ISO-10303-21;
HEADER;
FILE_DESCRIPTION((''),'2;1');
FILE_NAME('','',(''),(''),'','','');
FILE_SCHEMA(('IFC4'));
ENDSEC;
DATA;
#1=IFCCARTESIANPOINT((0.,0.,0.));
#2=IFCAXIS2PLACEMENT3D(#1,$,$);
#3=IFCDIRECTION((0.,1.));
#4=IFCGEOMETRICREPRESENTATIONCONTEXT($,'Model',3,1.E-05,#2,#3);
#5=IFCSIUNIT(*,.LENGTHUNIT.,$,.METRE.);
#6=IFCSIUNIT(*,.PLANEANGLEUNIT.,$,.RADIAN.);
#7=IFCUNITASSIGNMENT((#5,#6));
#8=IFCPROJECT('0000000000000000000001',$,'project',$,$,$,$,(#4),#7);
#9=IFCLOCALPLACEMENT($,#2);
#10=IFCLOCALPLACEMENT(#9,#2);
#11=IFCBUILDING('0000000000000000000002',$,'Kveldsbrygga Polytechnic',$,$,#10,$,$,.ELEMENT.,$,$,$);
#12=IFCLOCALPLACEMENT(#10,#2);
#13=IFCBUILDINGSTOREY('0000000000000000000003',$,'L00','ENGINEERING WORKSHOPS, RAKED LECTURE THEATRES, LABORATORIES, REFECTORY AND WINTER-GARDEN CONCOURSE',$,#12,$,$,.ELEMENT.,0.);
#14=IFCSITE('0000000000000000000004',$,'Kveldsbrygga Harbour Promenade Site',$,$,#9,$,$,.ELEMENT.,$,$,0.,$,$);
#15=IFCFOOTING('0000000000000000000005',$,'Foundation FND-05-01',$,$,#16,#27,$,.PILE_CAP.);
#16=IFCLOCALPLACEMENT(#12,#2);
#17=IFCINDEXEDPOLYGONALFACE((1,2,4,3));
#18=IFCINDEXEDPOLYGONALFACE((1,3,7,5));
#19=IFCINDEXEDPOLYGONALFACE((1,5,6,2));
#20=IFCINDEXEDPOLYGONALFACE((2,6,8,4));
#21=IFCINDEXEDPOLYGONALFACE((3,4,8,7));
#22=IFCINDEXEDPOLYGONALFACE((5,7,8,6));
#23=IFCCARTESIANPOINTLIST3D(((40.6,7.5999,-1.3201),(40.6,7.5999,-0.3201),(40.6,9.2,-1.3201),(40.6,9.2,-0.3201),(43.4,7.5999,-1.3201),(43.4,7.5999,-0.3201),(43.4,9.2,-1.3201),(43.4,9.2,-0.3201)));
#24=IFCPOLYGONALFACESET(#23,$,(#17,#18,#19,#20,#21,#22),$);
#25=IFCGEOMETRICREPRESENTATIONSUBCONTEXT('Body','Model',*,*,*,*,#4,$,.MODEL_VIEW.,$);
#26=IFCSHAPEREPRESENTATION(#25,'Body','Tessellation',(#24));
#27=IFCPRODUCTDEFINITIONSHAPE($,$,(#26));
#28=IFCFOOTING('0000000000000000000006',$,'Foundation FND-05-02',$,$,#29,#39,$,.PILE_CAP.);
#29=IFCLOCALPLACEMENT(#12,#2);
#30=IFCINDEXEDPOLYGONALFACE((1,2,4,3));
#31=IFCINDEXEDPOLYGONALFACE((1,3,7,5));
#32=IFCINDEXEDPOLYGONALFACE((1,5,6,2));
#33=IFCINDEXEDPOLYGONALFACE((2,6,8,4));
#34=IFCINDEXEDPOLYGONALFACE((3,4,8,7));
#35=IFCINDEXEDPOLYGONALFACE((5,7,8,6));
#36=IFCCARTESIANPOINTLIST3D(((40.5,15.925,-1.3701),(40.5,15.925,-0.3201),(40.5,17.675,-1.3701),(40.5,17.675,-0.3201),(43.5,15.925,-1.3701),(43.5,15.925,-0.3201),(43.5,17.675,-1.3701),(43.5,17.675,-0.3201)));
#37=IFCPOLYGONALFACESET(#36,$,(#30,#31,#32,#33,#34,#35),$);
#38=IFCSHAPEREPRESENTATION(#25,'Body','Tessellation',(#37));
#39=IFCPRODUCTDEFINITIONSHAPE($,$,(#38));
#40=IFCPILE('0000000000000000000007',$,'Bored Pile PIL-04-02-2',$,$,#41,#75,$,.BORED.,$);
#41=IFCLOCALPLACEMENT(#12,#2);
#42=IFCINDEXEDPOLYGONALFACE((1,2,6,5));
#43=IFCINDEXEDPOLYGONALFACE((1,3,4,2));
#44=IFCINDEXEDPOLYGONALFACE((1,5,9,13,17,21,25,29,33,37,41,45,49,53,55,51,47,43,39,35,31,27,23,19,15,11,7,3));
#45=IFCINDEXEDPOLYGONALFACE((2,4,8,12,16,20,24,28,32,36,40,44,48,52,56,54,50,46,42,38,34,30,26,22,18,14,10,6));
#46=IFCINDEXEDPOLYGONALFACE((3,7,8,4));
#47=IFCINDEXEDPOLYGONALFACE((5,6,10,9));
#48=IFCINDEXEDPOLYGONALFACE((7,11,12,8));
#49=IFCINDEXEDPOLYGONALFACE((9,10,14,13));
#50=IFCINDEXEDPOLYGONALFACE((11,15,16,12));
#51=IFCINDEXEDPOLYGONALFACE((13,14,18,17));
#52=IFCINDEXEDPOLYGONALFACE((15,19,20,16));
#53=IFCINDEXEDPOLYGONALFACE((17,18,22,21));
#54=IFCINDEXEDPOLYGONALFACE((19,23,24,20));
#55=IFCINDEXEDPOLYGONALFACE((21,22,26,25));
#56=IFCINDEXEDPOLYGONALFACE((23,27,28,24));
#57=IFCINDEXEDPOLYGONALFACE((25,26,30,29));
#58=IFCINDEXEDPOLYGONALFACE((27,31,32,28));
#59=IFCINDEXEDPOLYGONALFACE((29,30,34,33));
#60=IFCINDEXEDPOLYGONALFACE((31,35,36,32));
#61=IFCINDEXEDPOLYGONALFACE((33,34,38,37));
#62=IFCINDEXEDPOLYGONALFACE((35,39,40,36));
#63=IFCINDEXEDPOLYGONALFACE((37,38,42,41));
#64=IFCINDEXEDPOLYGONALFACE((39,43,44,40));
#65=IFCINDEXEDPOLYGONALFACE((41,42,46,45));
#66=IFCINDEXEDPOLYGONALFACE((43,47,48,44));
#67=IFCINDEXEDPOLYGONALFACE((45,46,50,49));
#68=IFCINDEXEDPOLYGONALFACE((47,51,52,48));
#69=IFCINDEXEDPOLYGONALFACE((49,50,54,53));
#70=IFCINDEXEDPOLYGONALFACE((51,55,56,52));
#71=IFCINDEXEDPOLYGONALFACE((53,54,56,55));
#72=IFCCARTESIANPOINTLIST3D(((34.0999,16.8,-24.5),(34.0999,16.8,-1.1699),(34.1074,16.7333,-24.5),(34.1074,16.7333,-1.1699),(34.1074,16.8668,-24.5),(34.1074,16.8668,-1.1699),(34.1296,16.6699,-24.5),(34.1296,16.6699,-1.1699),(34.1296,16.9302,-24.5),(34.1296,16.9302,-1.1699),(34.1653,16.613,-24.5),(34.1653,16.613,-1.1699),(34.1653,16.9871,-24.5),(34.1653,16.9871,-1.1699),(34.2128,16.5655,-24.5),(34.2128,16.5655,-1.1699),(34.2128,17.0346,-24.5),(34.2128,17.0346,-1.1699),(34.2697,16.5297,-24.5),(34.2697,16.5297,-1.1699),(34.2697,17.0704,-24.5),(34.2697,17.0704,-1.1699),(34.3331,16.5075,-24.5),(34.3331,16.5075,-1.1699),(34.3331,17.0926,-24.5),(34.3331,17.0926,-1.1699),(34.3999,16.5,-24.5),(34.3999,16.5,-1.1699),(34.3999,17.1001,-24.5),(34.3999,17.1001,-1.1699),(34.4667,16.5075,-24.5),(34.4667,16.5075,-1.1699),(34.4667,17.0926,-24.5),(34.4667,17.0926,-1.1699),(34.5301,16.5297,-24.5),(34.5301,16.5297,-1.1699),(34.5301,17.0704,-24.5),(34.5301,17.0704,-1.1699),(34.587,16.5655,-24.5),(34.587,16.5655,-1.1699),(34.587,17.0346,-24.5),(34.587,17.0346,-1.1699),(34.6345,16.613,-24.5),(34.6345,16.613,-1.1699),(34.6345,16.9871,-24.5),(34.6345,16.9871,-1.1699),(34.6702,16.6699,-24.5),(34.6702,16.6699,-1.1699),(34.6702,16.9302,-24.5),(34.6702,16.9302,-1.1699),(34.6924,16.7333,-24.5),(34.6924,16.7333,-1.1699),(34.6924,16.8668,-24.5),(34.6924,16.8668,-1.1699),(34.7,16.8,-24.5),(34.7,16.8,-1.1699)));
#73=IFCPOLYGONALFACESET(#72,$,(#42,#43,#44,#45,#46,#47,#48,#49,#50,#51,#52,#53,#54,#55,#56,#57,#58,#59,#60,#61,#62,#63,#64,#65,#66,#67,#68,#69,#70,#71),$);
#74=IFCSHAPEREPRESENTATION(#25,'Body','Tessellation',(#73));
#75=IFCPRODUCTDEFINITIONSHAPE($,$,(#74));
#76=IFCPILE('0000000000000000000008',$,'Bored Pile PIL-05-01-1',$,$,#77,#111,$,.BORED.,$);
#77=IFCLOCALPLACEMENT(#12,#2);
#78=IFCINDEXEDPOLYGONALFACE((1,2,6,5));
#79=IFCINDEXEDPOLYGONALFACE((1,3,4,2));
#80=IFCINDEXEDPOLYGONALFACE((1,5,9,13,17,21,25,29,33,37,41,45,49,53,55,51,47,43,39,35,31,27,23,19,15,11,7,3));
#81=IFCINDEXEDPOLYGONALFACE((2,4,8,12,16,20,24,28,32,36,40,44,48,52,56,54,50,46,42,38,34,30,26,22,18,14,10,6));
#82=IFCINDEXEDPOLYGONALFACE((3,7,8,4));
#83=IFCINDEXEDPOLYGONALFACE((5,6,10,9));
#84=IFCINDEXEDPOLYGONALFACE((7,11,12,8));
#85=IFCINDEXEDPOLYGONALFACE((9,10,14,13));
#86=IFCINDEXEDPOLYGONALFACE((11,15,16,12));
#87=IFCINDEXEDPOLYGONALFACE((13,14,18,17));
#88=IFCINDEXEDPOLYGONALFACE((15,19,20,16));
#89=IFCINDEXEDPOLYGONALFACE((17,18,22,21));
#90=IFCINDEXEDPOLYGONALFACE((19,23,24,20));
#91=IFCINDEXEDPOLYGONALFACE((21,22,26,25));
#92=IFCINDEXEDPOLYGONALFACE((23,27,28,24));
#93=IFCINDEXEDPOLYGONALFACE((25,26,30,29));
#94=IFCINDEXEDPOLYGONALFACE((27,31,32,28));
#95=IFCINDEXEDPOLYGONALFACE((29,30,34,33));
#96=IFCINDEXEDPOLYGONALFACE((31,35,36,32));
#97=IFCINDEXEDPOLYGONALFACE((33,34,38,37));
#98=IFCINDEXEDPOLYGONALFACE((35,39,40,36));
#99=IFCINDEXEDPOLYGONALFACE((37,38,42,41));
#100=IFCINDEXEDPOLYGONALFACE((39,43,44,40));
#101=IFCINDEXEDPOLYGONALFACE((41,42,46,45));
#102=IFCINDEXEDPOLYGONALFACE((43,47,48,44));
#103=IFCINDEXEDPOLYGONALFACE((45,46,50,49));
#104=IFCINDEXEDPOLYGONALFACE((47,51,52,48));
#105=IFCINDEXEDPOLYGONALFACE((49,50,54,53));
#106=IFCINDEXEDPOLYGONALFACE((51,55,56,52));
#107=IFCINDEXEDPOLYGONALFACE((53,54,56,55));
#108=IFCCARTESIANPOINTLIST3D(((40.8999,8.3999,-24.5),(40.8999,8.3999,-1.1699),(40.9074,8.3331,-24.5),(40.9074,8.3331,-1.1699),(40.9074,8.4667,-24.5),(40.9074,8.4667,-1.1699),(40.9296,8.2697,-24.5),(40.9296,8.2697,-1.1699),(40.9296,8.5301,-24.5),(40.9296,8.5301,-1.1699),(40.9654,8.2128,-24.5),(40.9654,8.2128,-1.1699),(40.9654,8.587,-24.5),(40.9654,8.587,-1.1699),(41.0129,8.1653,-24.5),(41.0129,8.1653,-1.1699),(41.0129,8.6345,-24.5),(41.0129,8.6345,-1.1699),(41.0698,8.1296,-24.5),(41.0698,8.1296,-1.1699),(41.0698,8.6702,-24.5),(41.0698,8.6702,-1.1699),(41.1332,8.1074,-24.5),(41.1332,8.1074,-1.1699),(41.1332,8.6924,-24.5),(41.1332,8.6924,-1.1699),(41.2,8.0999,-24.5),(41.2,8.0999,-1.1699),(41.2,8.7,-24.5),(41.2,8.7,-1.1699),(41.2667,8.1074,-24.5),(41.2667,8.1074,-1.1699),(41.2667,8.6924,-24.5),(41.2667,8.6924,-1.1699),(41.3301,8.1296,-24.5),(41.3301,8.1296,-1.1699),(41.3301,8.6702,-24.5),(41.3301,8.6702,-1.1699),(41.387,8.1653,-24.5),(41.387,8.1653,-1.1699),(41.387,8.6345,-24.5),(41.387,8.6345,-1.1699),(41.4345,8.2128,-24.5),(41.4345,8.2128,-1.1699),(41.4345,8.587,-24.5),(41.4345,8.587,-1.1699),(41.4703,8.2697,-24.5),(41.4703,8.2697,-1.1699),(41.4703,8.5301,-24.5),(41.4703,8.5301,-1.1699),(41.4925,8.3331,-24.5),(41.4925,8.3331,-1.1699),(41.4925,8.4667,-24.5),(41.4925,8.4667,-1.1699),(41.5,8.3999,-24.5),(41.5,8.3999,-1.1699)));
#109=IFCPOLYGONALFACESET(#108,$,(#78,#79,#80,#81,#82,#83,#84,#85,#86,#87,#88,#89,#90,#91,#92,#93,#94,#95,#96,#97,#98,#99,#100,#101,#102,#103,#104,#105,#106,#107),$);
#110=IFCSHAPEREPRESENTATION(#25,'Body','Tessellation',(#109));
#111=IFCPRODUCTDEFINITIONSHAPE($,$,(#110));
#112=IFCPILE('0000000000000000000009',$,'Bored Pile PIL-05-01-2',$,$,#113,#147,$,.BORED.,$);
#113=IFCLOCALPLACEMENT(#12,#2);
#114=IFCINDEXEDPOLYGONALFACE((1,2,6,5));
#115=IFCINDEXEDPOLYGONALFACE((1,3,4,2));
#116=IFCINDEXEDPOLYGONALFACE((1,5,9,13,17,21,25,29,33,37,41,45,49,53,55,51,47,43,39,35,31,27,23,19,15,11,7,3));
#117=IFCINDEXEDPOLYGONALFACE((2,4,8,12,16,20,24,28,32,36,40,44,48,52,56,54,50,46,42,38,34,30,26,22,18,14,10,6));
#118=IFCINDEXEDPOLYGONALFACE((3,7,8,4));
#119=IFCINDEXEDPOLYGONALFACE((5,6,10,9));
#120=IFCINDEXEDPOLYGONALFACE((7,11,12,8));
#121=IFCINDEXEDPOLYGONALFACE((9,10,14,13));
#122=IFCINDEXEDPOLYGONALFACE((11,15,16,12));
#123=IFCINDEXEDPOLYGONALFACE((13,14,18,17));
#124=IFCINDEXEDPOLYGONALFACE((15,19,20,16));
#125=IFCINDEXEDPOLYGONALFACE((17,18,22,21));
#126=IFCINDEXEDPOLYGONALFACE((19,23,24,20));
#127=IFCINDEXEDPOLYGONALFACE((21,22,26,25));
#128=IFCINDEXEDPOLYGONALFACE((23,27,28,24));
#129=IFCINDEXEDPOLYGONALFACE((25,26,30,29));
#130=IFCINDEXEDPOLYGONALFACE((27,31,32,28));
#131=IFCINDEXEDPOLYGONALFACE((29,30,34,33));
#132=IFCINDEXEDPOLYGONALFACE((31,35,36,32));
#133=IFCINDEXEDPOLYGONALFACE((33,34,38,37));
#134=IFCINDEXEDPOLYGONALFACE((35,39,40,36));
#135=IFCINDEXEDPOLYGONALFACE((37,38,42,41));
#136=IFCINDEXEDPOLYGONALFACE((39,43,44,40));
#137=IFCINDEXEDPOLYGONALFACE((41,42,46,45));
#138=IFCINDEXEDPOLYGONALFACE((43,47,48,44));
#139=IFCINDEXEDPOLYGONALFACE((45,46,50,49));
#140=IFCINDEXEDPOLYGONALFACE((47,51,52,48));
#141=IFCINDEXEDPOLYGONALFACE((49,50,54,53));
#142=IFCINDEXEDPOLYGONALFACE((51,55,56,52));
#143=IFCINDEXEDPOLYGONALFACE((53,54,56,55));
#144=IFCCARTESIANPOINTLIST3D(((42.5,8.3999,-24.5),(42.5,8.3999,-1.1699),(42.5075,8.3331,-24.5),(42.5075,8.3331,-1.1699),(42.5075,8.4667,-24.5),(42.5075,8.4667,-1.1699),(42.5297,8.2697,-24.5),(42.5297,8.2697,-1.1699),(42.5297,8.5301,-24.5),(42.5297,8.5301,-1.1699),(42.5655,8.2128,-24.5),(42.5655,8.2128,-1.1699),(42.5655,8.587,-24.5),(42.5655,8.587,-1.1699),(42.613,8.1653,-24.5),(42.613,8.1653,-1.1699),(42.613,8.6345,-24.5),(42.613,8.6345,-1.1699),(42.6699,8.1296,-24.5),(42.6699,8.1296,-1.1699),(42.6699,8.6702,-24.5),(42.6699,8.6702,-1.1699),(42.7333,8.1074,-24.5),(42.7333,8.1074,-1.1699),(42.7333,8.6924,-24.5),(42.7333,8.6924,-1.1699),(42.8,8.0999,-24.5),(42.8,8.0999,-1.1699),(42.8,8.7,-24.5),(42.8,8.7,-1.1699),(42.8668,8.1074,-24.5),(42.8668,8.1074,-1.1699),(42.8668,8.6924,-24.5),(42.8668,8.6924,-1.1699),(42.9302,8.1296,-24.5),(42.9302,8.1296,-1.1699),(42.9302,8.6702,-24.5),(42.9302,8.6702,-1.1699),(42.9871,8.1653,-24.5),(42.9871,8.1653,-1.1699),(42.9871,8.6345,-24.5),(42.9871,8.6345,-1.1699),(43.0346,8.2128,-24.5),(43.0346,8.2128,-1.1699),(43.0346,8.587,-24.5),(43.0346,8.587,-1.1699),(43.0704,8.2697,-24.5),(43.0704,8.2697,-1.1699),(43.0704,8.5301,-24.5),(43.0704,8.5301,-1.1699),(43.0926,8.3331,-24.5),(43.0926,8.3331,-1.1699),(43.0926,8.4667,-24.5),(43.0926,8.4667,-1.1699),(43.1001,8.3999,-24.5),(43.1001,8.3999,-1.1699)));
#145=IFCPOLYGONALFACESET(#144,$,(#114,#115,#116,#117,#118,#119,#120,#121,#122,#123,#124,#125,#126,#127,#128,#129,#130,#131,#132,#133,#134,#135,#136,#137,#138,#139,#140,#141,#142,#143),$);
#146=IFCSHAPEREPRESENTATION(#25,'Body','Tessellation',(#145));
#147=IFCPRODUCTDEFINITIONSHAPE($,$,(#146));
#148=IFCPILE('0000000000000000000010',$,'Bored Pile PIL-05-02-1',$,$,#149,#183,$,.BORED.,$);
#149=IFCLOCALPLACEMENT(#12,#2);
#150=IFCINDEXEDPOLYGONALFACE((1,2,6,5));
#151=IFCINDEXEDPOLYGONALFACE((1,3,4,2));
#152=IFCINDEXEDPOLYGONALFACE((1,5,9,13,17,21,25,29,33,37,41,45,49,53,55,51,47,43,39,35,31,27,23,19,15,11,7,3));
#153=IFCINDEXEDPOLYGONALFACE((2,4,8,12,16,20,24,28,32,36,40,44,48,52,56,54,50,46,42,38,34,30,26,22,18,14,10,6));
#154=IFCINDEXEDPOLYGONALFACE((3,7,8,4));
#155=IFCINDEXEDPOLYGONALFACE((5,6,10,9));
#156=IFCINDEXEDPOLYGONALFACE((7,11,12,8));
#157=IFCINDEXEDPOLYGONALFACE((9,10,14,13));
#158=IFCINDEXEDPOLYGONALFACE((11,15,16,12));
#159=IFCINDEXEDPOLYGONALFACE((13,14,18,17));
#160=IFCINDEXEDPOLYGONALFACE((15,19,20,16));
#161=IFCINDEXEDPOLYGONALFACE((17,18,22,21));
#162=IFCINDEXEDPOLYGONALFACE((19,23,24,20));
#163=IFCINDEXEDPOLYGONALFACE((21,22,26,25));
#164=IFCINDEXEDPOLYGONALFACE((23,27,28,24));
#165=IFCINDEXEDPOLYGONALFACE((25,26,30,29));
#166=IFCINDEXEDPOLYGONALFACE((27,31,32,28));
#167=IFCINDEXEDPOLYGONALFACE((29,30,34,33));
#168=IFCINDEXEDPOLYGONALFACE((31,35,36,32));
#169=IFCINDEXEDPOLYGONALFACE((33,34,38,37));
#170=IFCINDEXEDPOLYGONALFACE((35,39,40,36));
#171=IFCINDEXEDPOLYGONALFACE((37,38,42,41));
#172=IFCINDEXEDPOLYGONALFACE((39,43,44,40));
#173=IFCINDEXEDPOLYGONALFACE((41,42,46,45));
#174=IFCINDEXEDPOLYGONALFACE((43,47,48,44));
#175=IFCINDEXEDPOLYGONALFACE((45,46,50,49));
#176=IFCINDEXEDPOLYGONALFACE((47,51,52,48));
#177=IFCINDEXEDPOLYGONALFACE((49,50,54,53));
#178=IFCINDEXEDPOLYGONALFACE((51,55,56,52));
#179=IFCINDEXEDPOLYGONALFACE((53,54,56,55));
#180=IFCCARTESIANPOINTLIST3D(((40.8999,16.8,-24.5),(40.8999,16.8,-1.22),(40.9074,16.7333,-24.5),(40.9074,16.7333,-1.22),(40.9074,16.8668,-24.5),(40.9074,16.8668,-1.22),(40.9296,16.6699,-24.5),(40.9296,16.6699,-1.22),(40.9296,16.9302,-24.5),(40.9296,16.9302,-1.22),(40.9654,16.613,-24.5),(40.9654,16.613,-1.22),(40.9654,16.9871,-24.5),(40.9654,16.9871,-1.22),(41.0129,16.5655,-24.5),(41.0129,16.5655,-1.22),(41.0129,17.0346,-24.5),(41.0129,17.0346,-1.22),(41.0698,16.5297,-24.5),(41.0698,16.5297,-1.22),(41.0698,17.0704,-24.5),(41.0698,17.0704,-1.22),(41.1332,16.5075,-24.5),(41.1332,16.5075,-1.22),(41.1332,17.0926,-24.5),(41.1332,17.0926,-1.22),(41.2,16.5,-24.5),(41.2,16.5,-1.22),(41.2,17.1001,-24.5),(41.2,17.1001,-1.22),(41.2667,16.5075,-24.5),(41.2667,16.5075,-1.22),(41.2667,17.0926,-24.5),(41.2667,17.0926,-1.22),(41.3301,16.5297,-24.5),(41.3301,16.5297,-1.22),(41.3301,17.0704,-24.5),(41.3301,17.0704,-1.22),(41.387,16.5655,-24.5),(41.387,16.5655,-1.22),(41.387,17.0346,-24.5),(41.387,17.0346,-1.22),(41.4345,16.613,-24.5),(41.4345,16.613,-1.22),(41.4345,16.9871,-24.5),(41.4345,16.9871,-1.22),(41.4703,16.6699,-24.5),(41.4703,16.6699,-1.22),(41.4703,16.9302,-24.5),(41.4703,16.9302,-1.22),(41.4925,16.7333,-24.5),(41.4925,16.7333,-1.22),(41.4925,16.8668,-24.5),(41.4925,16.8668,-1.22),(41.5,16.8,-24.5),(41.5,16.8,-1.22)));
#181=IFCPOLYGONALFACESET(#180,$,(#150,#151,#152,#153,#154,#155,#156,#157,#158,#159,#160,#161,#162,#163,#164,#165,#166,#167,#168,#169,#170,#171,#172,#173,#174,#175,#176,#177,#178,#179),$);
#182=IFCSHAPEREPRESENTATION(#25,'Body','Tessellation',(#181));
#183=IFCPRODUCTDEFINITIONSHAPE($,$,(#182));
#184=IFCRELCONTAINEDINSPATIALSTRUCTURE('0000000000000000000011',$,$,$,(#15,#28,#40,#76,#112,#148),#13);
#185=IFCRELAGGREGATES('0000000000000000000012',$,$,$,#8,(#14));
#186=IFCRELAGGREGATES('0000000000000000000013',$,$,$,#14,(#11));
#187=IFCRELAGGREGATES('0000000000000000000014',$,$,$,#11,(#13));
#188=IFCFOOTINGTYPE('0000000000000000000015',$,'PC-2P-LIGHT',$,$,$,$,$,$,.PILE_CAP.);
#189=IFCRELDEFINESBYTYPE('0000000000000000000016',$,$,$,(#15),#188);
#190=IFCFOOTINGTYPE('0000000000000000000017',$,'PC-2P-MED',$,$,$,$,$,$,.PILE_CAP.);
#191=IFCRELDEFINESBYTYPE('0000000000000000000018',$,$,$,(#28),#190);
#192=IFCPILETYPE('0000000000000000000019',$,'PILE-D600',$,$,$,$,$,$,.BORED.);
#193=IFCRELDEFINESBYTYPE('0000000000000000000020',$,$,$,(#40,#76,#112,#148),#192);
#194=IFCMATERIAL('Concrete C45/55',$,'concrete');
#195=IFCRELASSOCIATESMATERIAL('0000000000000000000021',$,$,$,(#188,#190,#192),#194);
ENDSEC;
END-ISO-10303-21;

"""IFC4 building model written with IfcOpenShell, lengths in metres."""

from ifc_helpers import new_model, si_unit, direction, frame, origin, origin_2d, place, context, subcontext, project, spatial, rectangle, circle, extrude, material, material_profile, profile_set, type_object, element, save


model = new_model("IFC4")

# Units and contexts
model_context = context("Model", 3, precision=1e-05, world=origin(), true_north=direction((0.0, 1.0)))
body_context = subcontext(model_context, "Body", "Model", "MODEL_VIEW")
ifc_project = project(units=[si_unit("LENGTHUNIT", "METRE"), si_unit("PLANEANGLEUNIT", "RADIAN")], contexts=[model_context])

# Site, building, storey
site_placement = place(None, origin())
site = spatial("IfcSite", under=ifc_project, at=site_placement, Name="Kveldsbrygga Harbour Promenade Site", CompositionType="ELEMENT", RefElevation=0.0)
building_placement = place(site_placement, origin())
building = spatial("IfcBuilding", under=site, at=building_placement, Name="Kveldsbrygga Polytechnic", CompositionType="ELEMENT")
storey_placement = place(building_placement, origin())
storey = spatial("IfcBuildingStorey", under=building, at=storey_placement, Name="L00", Description="ENGINEERING WORKSHOPS, RAKED LECTURE THEATRES, LABORATORIES, REFECTORY AND WINTER-GARDEN CONCOURSE", CompositionType="ELEMENT", Elevation=0.0)

# Footings
ifc_material_1 = material(Name="Concrete C45/55", Category="concrete")
footing_type_1 = type_object("IfcFootingType", Name="PC-2P-LIGHT", PredefinedType="PILE_CAP", material=ifc_material_1)
footing_1_placement = place(storey_placement, frame((42.0, 8.3999, -1.3201), z_axis=(0.0, 0.0, 1.0), x_axis=(1.0, 0.0, 0.0)))
element("IfcFooting", 1, at=footing_1_placement, inside=storey, type_object=footing_type_1, Name="Foundation FND-05-01", PredefinedType="PILE_CAP", context=body_context, shape_type="SweptSolid", body=[
    extrude(rectangle(XDim=2.8, YDim=1.6001, at=origin_2d()), origin(), (0.0, 0.0, 1.0), 1.0),
])
footing_type_2 = type_object("IfcFootingType", Name="PC-2P-MED", PredefinedType="PILE_CAP", material=ifc_material_1)
footing_2_placement = place(storey_placement, frame((42.0, 16.8, -1.3701), z_axis=(0.0, 0.0, 1.0), x_axis=(1.0, 0.0, 0.0)))
element("IfcFooting", 2, at=footing_2_placement, inside=storey, type_object=footing_type_2, Name="Foundation FND-05-02", PredefinedType="PILE_CAP", context=body_context, shape_type="SweptSolid", body=[
    extrude(rectangle(XDim=3.0, YDim=1.75, at=origin_2d()), origin(), (0.0, 0.0, 1.0), 1.05),
])

# Piles
ifc_material_profile_1 = material_profile(ifc_material_1, circle(Radius=0.3, at=origin_2d()), Name="PILE D600")
ifc_profile_set_1 = profile_set([ifc_material_profile_1], Name="Concrete C45/55")
pile_type = type_object("IfcPileType", Name="PILE-D600", PredefinedType="BORED", material=ifc_profile_set_1)
for number, where, z_axis, x_axis, name in (
    (3, (34.3999, 16.8, -1.1699), (0.0, 0.0, -1.0), (1.0, 0.0, 0.0), "Bored Pile PIL-04-02-2"),
    (4, (41.2, 8.3999, -1.1699), (0.0, 0.0, -1.0), (1.0, 0.0, 0.0), "Bored Pile PIL-05-01-1"),
    (5, (42.8, 8.3999, -1.1699), (0.0, 0.0, -1.0), (1.0, 0.0, 0.0), "Bored Pile PIL-05-01-2"),
):
    element("IfcPile", number, at=place(storey_placement, frame(where, z_axis=z_axis, x_axis=x_axis)), inside=storey, type_object=pile_type, Name=name, PredefinedType="BORED", context=body_context, shape_type="SweptSolid", body=[
        extrude(circle(Radius=0.3, at=origin_2d()), origin(), (0.0, 0.0, 1.0), 23.3301),
    ])
for number, where, z_axis, x_axis, name in (
    (6, (41.2, 16.8, -1.22), (0.0, 0.0, -1.0), (1.0, 0.0, 0.0), "Bored Pile PIL-05-02-1"),
):
    element("IfcPile", number, at=place(storey_placement, frame(where, z_axis=z_axis, x_axis=x_axis)), inside=storey, type_object=pile_type, Name=name, PredefinedType="BORED", context=body_context, shape_type="SweptSolid", body=[
        extrude(circle(Radius=0.3, at=origin_2d()), origin(), (0.0, 0.0, 1.0), 23.28),
    ])

save(model, "model.ifc")
